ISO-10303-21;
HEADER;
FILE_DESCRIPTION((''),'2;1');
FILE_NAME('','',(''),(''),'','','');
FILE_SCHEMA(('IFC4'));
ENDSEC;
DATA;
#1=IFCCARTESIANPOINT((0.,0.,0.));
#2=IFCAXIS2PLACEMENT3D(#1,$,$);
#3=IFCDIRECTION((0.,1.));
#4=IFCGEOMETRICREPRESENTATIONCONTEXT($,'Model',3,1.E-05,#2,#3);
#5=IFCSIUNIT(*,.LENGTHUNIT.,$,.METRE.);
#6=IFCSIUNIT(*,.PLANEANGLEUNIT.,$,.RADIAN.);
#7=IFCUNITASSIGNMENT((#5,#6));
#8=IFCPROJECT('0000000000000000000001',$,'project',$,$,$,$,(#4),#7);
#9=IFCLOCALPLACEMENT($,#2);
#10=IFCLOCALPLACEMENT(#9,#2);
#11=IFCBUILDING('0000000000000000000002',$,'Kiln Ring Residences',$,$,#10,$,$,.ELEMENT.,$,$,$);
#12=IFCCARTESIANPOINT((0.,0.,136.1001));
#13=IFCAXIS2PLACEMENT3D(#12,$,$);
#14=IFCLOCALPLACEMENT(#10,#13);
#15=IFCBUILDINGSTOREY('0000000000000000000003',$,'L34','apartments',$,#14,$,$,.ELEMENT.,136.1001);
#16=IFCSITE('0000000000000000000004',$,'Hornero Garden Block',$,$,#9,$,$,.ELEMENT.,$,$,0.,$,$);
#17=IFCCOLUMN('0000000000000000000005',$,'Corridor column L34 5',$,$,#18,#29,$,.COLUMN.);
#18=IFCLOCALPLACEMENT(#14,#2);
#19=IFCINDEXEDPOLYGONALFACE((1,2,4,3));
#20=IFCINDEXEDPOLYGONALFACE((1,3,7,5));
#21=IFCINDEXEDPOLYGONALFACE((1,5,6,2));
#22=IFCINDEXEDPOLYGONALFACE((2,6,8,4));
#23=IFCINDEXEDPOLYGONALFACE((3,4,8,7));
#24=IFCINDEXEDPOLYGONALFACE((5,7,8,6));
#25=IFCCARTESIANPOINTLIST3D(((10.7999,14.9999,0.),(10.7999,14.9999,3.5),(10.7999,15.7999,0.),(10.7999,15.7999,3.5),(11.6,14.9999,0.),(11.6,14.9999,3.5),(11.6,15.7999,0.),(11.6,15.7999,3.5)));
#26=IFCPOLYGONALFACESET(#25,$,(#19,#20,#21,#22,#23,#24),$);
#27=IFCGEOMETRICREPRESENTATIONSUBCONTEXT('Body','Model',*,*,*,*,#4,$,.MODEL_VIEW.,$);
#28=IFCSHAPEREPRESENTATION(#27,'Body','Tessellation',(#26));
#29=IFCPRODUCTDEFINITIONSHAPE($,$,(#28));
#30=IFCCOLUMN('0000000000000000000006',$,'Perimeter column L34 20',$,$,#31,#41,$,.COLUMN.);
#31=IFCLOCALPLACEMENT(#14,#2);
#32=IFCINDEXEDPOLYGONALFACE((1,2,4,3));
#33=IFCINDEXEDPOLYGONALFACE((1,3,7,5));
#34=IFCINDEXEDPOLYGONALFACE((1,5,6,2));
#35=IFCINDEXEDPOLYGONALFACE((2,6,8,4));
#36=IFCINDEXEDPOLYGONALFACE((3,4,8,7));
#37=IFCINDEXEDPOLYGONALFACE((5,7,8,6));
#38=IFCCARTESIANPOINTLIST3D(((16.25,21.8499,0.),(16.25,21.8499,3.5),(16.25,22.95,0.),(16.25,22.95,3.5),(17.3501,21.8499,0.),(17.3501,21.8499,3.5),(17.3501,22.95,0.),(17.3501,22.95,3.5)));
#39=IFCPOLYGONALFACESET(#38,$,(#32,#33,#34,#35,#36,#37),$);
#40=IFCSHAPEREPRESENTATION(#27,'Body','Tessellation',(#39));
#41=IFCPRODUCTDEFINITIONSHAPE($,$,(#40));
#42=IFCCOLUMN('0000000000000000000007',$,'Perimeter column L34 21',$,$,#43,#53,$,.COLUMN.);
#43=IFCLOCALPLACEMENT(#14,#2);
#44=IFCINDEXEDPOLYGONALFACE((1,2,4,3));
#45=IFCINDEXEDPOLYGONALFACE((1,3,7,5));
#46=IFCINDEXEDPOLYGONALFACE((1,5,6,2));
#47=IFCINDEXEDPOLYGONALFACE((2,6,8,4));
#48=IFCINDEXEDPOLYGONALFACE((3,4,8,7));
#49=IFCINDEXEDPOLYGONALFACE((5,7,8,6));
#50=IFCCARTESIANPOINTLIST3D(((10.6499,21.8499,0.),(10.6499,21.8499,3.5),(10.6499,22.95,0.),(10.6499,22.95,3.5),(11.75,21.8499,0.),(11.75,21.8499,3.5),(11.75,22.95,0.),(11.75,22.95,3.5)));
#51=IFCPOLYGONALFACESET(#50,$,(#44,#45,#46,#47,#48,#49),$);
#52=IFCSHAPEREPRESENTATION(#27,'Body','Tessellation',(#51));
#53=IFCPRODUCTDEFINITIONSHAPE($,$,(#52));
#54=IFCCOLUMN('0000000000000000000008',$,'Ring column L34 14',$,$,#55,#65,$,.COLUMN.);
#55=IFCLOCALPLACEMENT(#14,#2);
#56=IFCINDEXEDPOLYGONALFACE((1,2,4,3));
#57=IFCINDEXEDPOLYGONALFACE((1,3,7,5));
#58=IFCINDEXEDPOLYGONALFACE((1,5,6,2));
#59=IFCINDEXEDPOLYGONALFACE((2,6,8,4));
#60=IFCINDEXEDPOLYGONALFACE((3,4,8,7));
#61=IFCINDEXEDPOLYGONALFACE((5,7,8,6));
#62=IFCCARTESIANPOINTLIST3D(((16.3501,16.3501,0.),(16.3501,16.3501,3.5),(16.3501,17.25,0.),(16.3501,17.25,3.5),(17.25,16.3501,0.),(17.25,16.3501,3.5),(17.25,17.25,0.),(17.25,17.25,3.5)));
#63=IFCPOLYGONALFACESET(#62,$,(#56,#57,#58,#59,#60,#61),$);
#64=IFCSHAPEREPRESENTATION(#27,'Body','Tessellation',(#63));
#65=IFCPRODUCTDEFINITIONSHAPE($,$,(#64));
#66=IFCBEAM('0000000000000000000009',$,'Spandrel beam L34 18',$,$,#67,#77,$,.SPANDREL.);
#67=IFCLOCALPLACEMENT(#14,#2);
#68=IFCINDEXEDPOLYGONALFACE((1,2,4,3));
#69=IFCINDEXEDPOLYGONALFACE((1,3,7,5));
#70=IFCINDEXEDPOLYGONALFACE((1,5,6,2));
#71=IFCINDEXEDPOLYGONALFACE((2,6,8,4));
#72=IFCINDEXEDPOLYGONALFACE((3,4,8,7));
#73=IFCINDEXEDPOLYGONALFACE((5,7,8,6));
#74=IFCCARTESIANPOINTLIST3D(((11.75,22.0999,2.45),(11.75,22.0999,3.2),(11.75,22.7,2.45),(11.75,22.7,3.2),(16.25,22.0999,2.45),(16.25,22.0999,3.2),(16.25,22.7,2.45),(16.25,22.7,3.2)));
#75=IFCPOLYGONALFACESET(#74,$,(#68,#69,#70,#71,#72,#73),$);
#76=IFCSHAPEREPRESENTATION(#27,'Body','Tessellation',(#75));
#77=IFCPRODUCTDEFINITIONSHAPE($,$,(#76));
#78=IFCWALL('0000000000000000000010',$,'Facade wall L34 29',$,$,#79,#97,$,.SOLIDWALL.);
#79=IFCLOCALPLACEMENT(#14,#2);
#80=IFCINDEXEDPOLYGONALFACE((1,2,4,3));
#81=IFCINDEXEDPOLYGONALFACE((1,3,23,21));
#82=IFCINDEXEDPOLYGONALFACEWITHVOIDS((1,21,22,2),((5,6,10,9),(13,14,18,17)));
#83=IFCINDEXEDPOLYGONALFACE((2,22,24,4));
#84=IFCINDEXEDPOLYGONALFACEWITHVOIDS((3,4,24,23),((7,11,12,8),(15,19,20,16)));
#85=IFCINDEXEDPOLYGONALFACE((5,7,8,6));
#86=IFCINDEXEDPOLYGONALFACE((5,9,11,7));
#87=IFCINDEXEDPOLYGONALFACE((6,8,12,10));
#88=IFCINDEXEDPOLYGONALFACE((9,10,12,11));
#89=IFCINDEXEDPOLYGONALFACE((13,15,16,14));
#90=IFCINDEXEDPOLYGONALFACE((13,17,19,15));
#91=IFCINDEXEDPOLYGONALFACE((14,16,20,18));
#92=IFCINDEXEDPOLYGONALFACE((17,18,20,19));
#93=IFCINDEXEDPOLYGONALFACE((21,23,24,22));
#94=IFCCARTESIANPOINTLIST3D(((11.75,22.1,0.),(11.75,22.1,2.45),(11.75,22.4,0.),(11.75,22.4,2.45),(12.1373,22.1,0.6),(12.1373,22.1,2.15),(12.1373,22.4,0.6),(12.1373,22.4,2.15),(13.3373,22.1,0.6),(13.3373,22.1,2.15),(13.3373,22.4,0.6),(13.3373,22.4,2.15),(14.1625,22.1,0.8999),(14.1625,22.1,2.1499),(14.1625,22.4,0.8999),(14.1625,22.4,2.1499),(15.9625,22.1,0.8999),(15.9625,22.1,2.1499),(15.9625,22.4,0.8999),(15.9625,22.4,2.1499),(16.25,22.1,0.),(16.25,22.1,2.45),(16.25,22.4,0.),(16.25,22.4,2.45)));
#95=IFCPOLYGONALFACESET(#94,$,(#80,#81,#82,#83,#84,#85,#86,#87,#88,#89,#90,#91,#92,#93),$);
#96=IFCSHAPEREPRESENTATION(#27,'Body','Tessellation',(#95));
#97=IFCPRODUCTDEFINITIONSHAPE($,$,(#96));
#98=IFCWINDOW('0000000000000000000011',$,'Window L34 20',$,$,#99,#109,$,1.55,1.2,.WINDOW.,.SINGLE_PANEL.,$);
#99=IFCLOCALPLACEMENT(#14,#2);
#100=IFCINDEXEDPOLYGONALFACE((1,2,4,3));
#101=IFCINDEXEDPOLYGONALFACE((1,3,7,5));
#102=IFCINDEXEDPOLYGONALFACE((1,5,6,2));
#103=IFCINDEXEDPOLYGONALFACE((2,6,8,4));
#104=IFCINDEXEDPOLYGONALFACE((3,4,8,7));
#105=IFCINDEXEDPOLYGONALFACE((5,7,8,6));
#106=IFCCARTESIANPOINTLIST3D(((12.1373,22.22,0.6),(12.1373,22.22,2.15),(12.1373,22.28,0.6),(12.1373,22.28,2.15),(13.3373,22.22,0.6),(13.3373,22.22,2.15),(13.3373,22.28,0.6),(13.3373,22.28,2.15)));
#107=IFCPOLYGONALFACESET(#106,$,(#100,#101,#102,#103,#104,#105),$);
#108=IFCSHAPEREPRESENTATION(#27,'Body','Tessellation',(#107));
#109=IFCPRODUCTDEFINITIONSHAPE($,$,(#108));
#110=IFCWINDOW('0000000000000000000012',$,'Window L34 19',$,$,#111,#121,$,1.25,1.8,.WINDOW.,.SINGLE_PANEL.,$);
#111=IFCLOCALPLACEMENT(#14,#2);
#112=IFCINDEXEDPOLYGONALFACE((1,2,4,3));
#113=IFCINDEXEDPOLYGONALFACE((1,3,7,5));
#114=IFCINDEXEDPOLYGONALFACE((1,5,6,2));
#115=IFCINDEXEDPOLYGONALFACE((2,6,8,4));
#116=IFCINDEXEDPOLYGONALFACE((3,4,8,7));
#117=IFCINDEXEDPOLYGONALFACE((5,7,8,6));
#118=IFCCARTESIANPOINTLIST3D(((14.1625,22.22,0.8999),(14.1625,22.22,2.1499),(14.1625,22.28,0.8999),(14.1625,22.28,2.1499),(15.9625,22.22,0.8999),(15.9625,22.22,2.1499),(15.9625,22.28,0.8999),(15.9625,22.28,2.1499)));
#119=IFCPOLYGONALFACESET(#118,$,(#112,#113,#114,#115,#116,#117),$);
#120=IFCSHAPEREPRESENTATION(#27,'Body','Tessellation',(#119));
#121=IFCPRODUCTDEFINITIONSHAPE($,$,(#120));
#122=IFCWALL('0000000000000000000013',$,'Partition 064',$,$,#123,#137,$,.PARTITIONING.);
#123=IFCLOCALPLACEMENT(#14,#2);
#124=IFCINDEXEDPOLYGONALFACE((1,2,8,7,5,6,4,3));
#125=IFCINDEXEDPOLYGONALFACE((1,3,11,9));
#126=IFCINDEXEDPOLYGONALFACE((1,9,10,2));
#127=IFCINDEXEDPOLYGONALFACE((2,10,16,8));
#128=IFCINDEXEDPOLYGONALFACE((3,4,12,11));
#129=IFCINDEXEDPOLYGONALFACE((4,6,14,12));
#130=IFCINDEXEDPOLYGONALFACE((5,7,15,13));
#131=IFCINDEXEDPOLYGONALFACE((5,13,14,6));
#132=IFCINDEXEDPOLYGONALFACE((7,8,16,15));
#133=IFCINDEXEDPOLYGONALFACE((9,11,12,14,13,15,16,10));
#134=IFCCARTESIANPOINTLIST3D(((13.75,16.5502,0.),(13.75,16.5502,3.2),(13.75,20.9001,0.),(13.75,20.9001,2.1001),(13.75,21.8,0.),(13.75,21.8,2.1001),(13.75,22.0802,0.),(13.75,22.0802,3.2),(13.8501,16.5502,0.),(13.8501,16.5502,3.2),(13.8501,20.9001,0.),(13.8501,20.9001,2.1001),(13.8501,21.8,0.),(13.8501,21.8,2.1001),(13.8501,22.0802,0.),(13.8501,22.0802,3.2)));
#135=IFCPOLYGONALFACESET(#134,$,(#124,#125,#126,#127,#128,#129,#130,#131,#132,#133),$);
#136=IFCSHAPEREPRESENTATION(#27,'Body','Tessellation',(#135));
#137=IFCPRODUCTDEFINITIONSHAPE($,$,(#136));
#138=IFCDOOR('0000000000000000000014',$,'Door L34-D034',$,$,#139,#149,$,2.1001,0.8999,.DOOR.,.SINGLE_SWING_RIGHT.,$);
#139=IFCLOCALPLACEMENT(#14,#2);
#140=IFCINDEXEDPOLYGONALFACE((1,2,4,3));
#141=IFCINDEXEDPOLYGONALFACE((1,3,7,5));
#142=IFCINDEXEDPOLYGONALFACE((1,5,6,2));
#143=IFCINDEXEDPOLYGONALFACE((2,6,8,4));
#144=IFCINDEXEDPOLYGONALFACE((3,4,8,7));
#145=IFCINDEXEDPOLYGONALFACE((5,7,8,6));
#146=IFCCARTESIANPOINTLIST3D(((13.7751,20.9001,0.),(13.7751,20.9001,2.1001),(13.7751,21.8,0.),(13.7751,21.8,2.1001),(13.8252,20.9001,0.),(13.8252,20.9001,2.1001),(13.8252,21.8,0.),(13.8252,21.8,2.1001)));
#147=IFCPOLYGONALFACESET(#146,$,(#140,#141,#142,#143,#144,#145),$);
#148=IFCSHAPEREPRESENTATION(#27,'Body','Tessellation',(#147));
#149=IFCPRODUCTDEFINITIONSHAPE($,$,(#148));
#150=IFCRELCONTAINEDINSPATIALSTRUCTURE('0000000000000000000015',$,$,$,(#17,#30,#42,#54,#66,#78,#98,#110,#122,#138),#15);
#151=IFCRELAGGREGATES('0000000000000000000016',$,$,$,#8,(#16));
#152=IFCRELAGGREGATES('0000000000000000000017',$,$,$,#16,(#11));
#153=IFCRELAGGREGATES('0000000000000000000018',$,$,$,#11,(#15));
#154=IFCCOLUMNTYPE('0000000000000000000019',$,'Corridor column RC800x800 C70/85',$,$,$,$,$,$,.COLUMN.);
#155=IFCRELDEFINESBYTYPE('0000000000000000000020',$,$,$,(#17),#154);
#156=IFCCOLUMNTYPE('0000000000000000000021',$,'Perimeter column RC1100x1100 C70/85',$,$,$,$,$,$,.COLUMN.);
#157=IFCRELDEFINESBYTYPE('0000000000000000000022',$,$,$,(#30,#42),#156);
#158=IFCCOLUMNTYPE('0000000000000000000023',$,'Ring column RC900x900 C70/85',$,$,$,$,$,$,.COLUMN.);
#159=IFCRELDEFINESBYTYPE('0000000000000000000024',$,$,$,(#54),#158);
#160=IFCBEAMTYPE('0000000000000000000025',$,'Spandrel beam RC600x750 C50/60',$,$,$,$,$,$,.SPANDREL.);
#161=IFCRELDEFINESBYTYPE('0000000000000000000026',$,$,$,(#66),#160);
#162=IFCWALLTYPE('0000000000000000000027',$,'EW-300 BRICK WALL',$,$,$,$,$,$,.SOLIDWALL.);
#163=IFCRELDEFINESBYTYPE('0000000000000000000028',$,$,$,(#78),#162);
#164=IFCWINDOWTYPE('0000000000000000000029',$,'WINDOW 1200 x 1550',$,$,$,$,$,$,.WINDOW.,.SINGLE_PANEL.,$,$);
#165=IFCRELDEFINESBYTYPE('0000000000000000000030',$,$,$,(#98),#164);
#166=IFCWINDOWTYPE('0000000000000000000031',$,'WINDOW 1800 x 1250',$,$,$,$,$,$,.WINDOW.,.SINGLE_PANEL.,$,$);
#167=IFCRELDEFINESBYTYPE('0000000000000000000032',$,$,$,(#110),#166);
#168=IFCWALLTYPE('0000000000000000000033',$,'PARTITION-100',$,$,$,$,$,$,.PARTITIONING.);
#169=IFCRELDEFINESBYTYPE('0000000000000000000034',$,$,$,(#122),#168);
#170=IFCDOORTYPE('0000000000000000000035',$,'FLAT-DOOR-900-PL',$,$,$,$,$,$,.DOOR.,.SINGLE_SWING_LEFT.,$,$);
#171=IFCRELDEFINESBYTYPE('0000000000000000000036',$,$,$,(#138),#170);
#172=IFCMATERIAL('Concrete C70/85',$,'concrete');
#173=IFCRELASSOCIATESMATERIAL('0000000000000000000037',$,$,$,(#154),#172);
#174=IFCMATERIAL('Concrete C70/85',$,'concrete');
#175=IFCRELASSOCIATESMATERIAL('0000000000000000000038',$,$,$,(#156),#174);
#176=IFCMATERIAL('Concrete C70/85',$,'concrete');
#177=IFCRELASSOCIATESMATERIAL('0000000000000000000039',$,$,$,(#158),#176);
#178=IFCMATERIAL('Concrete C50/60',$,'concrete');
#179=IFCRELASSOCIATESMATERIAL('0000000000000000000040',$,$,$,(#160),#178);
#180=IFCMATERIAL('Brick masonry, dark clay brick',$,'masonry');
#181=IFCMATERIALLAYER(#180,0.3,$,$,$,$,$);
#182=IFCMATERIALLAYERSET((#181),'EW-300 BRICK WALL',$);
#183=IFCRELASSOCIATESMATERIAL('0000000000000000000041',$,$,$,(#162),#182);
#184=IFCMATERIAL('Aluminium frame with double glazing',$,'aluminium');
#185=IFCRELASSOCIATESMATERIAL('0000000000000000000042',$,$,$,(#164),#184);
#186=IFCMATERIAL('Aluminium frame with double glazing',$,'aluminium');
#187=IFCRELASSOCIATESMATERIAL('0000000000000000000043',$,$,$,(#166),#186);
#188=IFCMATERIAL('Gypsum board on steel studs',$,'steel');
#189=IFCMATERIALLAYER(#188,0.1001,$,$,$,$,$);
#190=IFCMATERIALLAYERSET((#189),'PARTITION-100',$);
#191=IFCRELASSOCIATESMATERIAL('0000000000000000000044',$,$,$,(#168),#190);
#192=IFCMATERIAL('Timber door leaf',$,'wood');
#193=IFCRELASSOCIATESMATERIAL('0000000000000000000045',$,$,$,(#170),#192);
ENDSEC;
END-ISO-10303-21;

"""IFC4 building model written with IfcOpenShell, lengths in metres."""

from ifc_helpers import new_model, si_unit, direction, frame, frame_2d, origin, origin_2d, place, context, subcontext, project, spatial, rectangle, extrude, material, layer, layer_set, material_profile, profile_set, type_object, element, fill, save


model = new_model("IFC4")

# Units and contexts
model_context = context("Model", 3, precision=1e-05, world=origin(), true_north=direction((0.0, 1.0)))
body_context = subcontext(model_context, "Body", "Model", "MODEL_VIEW")
ifc_project = project(units=[si_unit("LENGTHUNIT", "METRE"), si_unit("PLANEANGLEUNIT", "RADIAN")], contexts=[model_context])

# Site, building, storey
site_placement = place(None, origin())
site = spatial("IfcSite", under=ifc_project, at=site_placement, Name="Hornero Garden Block", CompositionType="ELEMENT", RefElevation=0.0)
building_placement = place(site_placement, origin())
building = spatial("IfcBuilding", under=site, at=building_placement, Name="Kiln Ring Residences", CompositionType="ELEMENT")
storey_placement = place(building_placement, frame((0.0, 0.0, 136.1001)))
storey = spatial("IfcBuildingStorey", under=building, at=storey_placement, Name="L34", Description="apartments", CompositionType="ELEMENT", Elevation=136.1001)

# Columns
ifc_material_1 = material(Name="Concrete C70/85", Category="concrete")
ifc_material_profile_1 = material_profile(ifc_material_1, rectangle(XDim=0.8, YDim=0.8, at=origin_2d()), Name="RC800x800")
ifc_profile_set_1 = profile_set([ifc_material_profile_1], Name="Concrete C70/85")
column_type_1 = type_object("IfcColumnType", Name="Corridor column RC800x800 C70/85", PredefinedType="COLUMN", material=ifc_profile_set_1)
column_1_placement = place(storey_placement, frame((11.2, 15.3999, 0.0), z_axis=(0.0, 0.0, 1.0), x_axis=(1.0, 0.0, 0.0)))
element("IfcColumn", 1, at=column_1_placement, inside=storey, type_object=column_type_1, Name="Corridor column L34 5", PredefinedType="COLUMN", context=body_context, shape_type="SweptSolid", body=[
    extrude(rectangle(XDim=0.8, YDim=0.8, at=origin_2d()), origin(), (0.0, 0.0, 1.0), 3.5),
])
ifc_material_2 = material(Name="Concrete C70/85", Category="concrete")
ifc_material_profile_2 = material_profile(ifc_material_2, rectangle(XDim=1.1001, YDim=1.1001, at=origin_2d()), Name="RC1100x1100")
ifc_profile_set_2 = profile_set([ifc_material_profile_2], Name="Concrete C70/85")
column_type_2 = type_object("IfcColumnType", Name="Perimeter column RC1100x1100 C70/85", PredefinedType="COLUMN", material=ifc_profile_set_2)
for number, where, z_axis, x_axis, name in (
    (2, (16.8, 22.3999, 0.0), (0.0, 0.0, 1.0), (1.0, 0.0, 0.0), "Perimeter column L34 20"),
    (3, (11.2, 22.3999, 0.0), (0.0, 0.0, 1.0), (1.0, 0.0, 0.0), "Perimeter column L34 21"),
):
    element("IfcColumn", number, at=place(storey_placement, frame(where, z_axis=z_axis, x_axis=x_axis)), inside=storey, type_object=column_type_2, Name=name, PredefinedType="COLUMN", context=body_context, shape_type="SweptSolid", body=[
        extrude(rectangle(XDim=1.1001, YDim=1.1001, at=origin_2d()), origin(), (0.0, 0.0, 1.0), 3.5),
    ])
ifc_material_3 = material(Name="Concrete C70/85", Category="concrete")
ifc_material_profile_3 = material_profile(ifc_material_3, rectangle(XDim=0.8999, YDim=0.8999, at=origin_2d()), Name="RC900x900")
ifc_profile_set_3 = profile_set([ifc_material_profile_3], Name="Concrete C70/85")
column_type_3 = type_object("IfcColumnType", Name="Ring column RC900x900 C70/85", PredefinedType="COLUMN", material=ifc_profile_set_3)
column_2_placement = place(storey_placement, frame((16.8, 16.8, 0.0), z_axis=(0.0, 0.0, 1.0), x_axis=(1.0, 0.0, 0.0)))
element("IfcColumn", 4, at=column_2_placement, inside=storey, type_object=column_type_3, Name="Ring column L34 14", PredefinedType="COLUMN", context=body_context, shape_type="SweptSolid", body=[
    extrude(rectangle(XDim=0.8999, YDim=0.8999, at=origin_2d()), origin(), (0.0, 0.0, 1.0), 3.5),
])

# Beam
ifc_material_4 = material(Name="Concrete C50/60", Category="concrete")
ifc_material_profile_4 = material_profile(ifc_material_4, rectangle(XDim=0.6001, YDim=0.75, at=origin_2d()), Name="RC600x750")
ifc_profile_set_4 = profile_set([ifc_material_profile_4], Name="Concrete C50/60")
beam_type = type_object("IfcBeamType", Name="Spandrel beam RC600x750 C50/60", PredefinedType="SPANDREL", material=ifc_profile_set_4)
beam_placement = place(storey_placement, frame((16.25, 22.3999, 2.825), z_axis=(-1.0, 0.0, 0.0), x_axis=(0.0, -1.0, 0.0)))
element("IfcBeam", 5, at=beam_placement, inside=storey, type_object=beam_type, Name="Spandrel beam L34 18", PredefinedType="SPANDREL", context=body_context, shape_type="SweptSolid", body=[
    extrude(rectangle(XDim=0.6001, YDim=0.75, at=origin_2d()), origin(), (0.0, 0.0, 1.0), 4.5),
])

# Wall, openings, windows
ifc_material_5 = material(Name="Brick masonry, dark clay brick", Category="masonry")
ifc_layer_1 = layer(ifc_material_5, 0.3)
ifc_layer_set_1 = layer_set([ifc_layer_1], Name="EW-300 BRICK WALL")
wall_type_1 = type_object("IfcWallType", Name="EW-300 BRICK WALL", PredefinedType="SOLIDWALL", material=ifc_layer_set_1)
wall_1_placement = place(storey_placement, frame((16.25, 22.25, 0.0), z_axis=(0.0, 0.0, 1.0), x_axis=(-1.0, 0.0, 0.0)))
wall_1 = element("IfcWall", 6, at=wall_1_placement, inside=storey, type_object=wall_type_1, Name="Facade wall L34 29", PredefinedType="SOLIDWALL", context=body_context, shape_type="SweptSolid", body=[
    extrude(rectangle(XDim=4.5, YDim=0.3, at=frame_2d((2.25, 0.0))), origin(), (0.0, 0.0, 1.0), 2.45),
])
opening_1_placement = place(wall_1_placement, frame((0.2876, 0.0, 0.8999)))
opening_1 = element("IfcOpeningElement", 7, at=opening_1_placement, cuts=wall_1, PredefinedType="OPENING", context=body_context, shape_type="SweptSolid", body=[
    extrude(rectangle(XDim=1.8, YDim=1.25, at=frame_2d((0.8999, 0.625))), frame((0.0, 0.1599, 0.0), z_axis=(0.0, -1.0, 0.0), x_axis=(1.0, 0.0, 0.0)), (0.0, 0.0, 1.0), 0.3201),
])
opening_2_placement = place(wall_1_placement, frame((2.9126, 0.0, 0.6001)))
opening_2 = element("IfcOpeningElement", 8, at=opening_2_placement, cuts=wall_1, PredefinedType="OPENING", context=body_context, shape_type="SweptSolid", body=[
    extrude(rectangle(XDim=1.2, YDim=1.55, at=frame_2d((0.6001, 0.7749))), frame((0.0, 0.1599, 0.0), z_axis=(0.0, -1.0, 0.0), x_axis=(1.0, 0.0, 0.0)), (0.0, 0.0, 1.0), 0.3201),
])
ifc_material_6 = material(Name="Aluminium frame with double glazing", Category="aluminium")
window_type_1 = type_object("IfcWindowType", Name="WINDOW 1200 x 1550", PartitioningType="SINGLE_PANEL", PredefinedType="WINDOW", material=ifc_material_6)
window_1_placement = place(opening_2_placement, origin())
window_1 = element("IfcWindow", 9, at=window_1_placement, inside=storey, type_object=window_type_1, Name="Window L34 20", OverallHeight=1.55, OverallWidth=1.2, PartitioningType="SINGLE_PANEL", PredefinedType="WINDOW", context=body_context, shape_type="SweptSolid", body=[
    extrude(rectangle(XDim=1.2, YDim=1.55, at=frame_2d((0.6001, 0.7749))), frame((0.0, 0.03, 0.0), z_axis=(0.0, -1.0, 0.0), x_axis=(1.0, 0.0, 0.0)), (0.0, 0.0, 1.0), 0.0601),
])
fill(opening_2, window_1)
ifc_material_7 = material(Name="Aluminium frame with double glazing", Category="aluminium")
window_type_2 = type_object("IfcWindowType", Name="WINDOW 1800 x 1250", PartitioningType="SINGLE_PANEL", PredefinedType="WINDOW", material=ifc_material_7)
window_2_placement = place(opening_1_placement, origin())
window_2 = element("IfcWindow", 10, at=window_2_placement, inside=storey, type_object=window_type_2, Name="Window L34 19", OverallHeight=1.25, OverallWidth=1.8, PartitioningType="SINGLE_PANEL", PredefinedType="WINDOW", context=body_context, shape_type="SweptSolid", body=[
    extrude(rectangle(XDim=1.8, YDim=1.25, at=frame_2d((0.8999, 0.625))), frame((0.0, 0.03, 0.0), z_axis=(0.0, -1.0, 0.0), x_axis=(1.0, 0.0, 0.0)), (0.0, 0.0, 1.0), 0.0601),
])
fill(opening_1, window_2)

# Wall, opening, door
ifc_material_8 = material(Name="Gypsum board on steel studs", Category="steel")
ifc_layer_2 = layer(ifc_material_8, 0.1001)
ifc_layer_set_2 = layer_set([ifc_layer_2], Name="PARTITION-100")
wall_type_2 = type_object("IfcWallType", Name="PARTITION-100", PredefinedType="PARTITIONING", material=ifc_layer_set_2)
wall_2_placement = place(storey_placement, frame((13.8, 16.55, 0.0), z_axis=(0.0, 0.0, 1.0), x_axis=(0.0, 1.0, 0.0)))
wall_2 = element("IfcWall", 11, at=wall_2_placement, inside=storey, type_object=wall_type_2, Name="Partition 064", PredefinedType="PARTITIONING", context=body_context, shape_type="SweptSolid", body=[
    extrude(rectangle(XDim=5.53, YDim=0.1001, at=frame_2d((2.7651, 0.0))), origin(), (0.0, 0.0, 1.0), 3.2),
])
opening_3_placement = place(wall_2_placement, frame((4.3501, 0.0, 0.0)))
opening_3 = element("IfcOpeningElement", 12, at=opening_3_placement, cuts=wall_2, PredefinedType="OPENING", context=body_context, shape_type="SweptSolid", body=[
    extrude(rectangle(XDim=0.8999, YDim=2.1001, at=frame_2d((0.45, 1.05))), frame((0.0, 0.0601, 0.0), z_axis=(0.0, -1.0, 0.0), x_axis=(1.0, 0.0, 0.0)), (0.0, 0.0, 1.0), 0.1201),
])
ifc_material_9 = material(Name="Timber door leaf", Category="wood")
door_type_1 = type_object("IfcDoorType", Name="FLAT-DOOR-900-PL", OperationType="SINGLE_SWING_LEFT", PredefinedType="DOOR", material=ifc_material_9)
door_1_placement = place(opening_3_placement, origin())
door_1 = element("IfcDoor", 13, at=door_1_placement, inside=storey, type_object=door_type_1, Name="Door L34-D034", OperationType="SINGLE_SWING_RIGHT", OverallHeight=2.1001, OverallWidth=0.8999, PredefinedType="DOOR", context=body_context, shape_type="SweptSolid", body=[
    extrude(rectangle(XDim=0.8999, YDim=2.1001, at=frame_2d((0.45, 1.05))), frame((0.0, 0.0249, 0.0), z_axis=(0.0, -1.0, 0.0), x_axis=(1.0, 0.0, 0.0)), (0.0, 0.0, 1.0), 0.05),
])
fill(opening_3, door_1)

save(model, "model.ifc")
